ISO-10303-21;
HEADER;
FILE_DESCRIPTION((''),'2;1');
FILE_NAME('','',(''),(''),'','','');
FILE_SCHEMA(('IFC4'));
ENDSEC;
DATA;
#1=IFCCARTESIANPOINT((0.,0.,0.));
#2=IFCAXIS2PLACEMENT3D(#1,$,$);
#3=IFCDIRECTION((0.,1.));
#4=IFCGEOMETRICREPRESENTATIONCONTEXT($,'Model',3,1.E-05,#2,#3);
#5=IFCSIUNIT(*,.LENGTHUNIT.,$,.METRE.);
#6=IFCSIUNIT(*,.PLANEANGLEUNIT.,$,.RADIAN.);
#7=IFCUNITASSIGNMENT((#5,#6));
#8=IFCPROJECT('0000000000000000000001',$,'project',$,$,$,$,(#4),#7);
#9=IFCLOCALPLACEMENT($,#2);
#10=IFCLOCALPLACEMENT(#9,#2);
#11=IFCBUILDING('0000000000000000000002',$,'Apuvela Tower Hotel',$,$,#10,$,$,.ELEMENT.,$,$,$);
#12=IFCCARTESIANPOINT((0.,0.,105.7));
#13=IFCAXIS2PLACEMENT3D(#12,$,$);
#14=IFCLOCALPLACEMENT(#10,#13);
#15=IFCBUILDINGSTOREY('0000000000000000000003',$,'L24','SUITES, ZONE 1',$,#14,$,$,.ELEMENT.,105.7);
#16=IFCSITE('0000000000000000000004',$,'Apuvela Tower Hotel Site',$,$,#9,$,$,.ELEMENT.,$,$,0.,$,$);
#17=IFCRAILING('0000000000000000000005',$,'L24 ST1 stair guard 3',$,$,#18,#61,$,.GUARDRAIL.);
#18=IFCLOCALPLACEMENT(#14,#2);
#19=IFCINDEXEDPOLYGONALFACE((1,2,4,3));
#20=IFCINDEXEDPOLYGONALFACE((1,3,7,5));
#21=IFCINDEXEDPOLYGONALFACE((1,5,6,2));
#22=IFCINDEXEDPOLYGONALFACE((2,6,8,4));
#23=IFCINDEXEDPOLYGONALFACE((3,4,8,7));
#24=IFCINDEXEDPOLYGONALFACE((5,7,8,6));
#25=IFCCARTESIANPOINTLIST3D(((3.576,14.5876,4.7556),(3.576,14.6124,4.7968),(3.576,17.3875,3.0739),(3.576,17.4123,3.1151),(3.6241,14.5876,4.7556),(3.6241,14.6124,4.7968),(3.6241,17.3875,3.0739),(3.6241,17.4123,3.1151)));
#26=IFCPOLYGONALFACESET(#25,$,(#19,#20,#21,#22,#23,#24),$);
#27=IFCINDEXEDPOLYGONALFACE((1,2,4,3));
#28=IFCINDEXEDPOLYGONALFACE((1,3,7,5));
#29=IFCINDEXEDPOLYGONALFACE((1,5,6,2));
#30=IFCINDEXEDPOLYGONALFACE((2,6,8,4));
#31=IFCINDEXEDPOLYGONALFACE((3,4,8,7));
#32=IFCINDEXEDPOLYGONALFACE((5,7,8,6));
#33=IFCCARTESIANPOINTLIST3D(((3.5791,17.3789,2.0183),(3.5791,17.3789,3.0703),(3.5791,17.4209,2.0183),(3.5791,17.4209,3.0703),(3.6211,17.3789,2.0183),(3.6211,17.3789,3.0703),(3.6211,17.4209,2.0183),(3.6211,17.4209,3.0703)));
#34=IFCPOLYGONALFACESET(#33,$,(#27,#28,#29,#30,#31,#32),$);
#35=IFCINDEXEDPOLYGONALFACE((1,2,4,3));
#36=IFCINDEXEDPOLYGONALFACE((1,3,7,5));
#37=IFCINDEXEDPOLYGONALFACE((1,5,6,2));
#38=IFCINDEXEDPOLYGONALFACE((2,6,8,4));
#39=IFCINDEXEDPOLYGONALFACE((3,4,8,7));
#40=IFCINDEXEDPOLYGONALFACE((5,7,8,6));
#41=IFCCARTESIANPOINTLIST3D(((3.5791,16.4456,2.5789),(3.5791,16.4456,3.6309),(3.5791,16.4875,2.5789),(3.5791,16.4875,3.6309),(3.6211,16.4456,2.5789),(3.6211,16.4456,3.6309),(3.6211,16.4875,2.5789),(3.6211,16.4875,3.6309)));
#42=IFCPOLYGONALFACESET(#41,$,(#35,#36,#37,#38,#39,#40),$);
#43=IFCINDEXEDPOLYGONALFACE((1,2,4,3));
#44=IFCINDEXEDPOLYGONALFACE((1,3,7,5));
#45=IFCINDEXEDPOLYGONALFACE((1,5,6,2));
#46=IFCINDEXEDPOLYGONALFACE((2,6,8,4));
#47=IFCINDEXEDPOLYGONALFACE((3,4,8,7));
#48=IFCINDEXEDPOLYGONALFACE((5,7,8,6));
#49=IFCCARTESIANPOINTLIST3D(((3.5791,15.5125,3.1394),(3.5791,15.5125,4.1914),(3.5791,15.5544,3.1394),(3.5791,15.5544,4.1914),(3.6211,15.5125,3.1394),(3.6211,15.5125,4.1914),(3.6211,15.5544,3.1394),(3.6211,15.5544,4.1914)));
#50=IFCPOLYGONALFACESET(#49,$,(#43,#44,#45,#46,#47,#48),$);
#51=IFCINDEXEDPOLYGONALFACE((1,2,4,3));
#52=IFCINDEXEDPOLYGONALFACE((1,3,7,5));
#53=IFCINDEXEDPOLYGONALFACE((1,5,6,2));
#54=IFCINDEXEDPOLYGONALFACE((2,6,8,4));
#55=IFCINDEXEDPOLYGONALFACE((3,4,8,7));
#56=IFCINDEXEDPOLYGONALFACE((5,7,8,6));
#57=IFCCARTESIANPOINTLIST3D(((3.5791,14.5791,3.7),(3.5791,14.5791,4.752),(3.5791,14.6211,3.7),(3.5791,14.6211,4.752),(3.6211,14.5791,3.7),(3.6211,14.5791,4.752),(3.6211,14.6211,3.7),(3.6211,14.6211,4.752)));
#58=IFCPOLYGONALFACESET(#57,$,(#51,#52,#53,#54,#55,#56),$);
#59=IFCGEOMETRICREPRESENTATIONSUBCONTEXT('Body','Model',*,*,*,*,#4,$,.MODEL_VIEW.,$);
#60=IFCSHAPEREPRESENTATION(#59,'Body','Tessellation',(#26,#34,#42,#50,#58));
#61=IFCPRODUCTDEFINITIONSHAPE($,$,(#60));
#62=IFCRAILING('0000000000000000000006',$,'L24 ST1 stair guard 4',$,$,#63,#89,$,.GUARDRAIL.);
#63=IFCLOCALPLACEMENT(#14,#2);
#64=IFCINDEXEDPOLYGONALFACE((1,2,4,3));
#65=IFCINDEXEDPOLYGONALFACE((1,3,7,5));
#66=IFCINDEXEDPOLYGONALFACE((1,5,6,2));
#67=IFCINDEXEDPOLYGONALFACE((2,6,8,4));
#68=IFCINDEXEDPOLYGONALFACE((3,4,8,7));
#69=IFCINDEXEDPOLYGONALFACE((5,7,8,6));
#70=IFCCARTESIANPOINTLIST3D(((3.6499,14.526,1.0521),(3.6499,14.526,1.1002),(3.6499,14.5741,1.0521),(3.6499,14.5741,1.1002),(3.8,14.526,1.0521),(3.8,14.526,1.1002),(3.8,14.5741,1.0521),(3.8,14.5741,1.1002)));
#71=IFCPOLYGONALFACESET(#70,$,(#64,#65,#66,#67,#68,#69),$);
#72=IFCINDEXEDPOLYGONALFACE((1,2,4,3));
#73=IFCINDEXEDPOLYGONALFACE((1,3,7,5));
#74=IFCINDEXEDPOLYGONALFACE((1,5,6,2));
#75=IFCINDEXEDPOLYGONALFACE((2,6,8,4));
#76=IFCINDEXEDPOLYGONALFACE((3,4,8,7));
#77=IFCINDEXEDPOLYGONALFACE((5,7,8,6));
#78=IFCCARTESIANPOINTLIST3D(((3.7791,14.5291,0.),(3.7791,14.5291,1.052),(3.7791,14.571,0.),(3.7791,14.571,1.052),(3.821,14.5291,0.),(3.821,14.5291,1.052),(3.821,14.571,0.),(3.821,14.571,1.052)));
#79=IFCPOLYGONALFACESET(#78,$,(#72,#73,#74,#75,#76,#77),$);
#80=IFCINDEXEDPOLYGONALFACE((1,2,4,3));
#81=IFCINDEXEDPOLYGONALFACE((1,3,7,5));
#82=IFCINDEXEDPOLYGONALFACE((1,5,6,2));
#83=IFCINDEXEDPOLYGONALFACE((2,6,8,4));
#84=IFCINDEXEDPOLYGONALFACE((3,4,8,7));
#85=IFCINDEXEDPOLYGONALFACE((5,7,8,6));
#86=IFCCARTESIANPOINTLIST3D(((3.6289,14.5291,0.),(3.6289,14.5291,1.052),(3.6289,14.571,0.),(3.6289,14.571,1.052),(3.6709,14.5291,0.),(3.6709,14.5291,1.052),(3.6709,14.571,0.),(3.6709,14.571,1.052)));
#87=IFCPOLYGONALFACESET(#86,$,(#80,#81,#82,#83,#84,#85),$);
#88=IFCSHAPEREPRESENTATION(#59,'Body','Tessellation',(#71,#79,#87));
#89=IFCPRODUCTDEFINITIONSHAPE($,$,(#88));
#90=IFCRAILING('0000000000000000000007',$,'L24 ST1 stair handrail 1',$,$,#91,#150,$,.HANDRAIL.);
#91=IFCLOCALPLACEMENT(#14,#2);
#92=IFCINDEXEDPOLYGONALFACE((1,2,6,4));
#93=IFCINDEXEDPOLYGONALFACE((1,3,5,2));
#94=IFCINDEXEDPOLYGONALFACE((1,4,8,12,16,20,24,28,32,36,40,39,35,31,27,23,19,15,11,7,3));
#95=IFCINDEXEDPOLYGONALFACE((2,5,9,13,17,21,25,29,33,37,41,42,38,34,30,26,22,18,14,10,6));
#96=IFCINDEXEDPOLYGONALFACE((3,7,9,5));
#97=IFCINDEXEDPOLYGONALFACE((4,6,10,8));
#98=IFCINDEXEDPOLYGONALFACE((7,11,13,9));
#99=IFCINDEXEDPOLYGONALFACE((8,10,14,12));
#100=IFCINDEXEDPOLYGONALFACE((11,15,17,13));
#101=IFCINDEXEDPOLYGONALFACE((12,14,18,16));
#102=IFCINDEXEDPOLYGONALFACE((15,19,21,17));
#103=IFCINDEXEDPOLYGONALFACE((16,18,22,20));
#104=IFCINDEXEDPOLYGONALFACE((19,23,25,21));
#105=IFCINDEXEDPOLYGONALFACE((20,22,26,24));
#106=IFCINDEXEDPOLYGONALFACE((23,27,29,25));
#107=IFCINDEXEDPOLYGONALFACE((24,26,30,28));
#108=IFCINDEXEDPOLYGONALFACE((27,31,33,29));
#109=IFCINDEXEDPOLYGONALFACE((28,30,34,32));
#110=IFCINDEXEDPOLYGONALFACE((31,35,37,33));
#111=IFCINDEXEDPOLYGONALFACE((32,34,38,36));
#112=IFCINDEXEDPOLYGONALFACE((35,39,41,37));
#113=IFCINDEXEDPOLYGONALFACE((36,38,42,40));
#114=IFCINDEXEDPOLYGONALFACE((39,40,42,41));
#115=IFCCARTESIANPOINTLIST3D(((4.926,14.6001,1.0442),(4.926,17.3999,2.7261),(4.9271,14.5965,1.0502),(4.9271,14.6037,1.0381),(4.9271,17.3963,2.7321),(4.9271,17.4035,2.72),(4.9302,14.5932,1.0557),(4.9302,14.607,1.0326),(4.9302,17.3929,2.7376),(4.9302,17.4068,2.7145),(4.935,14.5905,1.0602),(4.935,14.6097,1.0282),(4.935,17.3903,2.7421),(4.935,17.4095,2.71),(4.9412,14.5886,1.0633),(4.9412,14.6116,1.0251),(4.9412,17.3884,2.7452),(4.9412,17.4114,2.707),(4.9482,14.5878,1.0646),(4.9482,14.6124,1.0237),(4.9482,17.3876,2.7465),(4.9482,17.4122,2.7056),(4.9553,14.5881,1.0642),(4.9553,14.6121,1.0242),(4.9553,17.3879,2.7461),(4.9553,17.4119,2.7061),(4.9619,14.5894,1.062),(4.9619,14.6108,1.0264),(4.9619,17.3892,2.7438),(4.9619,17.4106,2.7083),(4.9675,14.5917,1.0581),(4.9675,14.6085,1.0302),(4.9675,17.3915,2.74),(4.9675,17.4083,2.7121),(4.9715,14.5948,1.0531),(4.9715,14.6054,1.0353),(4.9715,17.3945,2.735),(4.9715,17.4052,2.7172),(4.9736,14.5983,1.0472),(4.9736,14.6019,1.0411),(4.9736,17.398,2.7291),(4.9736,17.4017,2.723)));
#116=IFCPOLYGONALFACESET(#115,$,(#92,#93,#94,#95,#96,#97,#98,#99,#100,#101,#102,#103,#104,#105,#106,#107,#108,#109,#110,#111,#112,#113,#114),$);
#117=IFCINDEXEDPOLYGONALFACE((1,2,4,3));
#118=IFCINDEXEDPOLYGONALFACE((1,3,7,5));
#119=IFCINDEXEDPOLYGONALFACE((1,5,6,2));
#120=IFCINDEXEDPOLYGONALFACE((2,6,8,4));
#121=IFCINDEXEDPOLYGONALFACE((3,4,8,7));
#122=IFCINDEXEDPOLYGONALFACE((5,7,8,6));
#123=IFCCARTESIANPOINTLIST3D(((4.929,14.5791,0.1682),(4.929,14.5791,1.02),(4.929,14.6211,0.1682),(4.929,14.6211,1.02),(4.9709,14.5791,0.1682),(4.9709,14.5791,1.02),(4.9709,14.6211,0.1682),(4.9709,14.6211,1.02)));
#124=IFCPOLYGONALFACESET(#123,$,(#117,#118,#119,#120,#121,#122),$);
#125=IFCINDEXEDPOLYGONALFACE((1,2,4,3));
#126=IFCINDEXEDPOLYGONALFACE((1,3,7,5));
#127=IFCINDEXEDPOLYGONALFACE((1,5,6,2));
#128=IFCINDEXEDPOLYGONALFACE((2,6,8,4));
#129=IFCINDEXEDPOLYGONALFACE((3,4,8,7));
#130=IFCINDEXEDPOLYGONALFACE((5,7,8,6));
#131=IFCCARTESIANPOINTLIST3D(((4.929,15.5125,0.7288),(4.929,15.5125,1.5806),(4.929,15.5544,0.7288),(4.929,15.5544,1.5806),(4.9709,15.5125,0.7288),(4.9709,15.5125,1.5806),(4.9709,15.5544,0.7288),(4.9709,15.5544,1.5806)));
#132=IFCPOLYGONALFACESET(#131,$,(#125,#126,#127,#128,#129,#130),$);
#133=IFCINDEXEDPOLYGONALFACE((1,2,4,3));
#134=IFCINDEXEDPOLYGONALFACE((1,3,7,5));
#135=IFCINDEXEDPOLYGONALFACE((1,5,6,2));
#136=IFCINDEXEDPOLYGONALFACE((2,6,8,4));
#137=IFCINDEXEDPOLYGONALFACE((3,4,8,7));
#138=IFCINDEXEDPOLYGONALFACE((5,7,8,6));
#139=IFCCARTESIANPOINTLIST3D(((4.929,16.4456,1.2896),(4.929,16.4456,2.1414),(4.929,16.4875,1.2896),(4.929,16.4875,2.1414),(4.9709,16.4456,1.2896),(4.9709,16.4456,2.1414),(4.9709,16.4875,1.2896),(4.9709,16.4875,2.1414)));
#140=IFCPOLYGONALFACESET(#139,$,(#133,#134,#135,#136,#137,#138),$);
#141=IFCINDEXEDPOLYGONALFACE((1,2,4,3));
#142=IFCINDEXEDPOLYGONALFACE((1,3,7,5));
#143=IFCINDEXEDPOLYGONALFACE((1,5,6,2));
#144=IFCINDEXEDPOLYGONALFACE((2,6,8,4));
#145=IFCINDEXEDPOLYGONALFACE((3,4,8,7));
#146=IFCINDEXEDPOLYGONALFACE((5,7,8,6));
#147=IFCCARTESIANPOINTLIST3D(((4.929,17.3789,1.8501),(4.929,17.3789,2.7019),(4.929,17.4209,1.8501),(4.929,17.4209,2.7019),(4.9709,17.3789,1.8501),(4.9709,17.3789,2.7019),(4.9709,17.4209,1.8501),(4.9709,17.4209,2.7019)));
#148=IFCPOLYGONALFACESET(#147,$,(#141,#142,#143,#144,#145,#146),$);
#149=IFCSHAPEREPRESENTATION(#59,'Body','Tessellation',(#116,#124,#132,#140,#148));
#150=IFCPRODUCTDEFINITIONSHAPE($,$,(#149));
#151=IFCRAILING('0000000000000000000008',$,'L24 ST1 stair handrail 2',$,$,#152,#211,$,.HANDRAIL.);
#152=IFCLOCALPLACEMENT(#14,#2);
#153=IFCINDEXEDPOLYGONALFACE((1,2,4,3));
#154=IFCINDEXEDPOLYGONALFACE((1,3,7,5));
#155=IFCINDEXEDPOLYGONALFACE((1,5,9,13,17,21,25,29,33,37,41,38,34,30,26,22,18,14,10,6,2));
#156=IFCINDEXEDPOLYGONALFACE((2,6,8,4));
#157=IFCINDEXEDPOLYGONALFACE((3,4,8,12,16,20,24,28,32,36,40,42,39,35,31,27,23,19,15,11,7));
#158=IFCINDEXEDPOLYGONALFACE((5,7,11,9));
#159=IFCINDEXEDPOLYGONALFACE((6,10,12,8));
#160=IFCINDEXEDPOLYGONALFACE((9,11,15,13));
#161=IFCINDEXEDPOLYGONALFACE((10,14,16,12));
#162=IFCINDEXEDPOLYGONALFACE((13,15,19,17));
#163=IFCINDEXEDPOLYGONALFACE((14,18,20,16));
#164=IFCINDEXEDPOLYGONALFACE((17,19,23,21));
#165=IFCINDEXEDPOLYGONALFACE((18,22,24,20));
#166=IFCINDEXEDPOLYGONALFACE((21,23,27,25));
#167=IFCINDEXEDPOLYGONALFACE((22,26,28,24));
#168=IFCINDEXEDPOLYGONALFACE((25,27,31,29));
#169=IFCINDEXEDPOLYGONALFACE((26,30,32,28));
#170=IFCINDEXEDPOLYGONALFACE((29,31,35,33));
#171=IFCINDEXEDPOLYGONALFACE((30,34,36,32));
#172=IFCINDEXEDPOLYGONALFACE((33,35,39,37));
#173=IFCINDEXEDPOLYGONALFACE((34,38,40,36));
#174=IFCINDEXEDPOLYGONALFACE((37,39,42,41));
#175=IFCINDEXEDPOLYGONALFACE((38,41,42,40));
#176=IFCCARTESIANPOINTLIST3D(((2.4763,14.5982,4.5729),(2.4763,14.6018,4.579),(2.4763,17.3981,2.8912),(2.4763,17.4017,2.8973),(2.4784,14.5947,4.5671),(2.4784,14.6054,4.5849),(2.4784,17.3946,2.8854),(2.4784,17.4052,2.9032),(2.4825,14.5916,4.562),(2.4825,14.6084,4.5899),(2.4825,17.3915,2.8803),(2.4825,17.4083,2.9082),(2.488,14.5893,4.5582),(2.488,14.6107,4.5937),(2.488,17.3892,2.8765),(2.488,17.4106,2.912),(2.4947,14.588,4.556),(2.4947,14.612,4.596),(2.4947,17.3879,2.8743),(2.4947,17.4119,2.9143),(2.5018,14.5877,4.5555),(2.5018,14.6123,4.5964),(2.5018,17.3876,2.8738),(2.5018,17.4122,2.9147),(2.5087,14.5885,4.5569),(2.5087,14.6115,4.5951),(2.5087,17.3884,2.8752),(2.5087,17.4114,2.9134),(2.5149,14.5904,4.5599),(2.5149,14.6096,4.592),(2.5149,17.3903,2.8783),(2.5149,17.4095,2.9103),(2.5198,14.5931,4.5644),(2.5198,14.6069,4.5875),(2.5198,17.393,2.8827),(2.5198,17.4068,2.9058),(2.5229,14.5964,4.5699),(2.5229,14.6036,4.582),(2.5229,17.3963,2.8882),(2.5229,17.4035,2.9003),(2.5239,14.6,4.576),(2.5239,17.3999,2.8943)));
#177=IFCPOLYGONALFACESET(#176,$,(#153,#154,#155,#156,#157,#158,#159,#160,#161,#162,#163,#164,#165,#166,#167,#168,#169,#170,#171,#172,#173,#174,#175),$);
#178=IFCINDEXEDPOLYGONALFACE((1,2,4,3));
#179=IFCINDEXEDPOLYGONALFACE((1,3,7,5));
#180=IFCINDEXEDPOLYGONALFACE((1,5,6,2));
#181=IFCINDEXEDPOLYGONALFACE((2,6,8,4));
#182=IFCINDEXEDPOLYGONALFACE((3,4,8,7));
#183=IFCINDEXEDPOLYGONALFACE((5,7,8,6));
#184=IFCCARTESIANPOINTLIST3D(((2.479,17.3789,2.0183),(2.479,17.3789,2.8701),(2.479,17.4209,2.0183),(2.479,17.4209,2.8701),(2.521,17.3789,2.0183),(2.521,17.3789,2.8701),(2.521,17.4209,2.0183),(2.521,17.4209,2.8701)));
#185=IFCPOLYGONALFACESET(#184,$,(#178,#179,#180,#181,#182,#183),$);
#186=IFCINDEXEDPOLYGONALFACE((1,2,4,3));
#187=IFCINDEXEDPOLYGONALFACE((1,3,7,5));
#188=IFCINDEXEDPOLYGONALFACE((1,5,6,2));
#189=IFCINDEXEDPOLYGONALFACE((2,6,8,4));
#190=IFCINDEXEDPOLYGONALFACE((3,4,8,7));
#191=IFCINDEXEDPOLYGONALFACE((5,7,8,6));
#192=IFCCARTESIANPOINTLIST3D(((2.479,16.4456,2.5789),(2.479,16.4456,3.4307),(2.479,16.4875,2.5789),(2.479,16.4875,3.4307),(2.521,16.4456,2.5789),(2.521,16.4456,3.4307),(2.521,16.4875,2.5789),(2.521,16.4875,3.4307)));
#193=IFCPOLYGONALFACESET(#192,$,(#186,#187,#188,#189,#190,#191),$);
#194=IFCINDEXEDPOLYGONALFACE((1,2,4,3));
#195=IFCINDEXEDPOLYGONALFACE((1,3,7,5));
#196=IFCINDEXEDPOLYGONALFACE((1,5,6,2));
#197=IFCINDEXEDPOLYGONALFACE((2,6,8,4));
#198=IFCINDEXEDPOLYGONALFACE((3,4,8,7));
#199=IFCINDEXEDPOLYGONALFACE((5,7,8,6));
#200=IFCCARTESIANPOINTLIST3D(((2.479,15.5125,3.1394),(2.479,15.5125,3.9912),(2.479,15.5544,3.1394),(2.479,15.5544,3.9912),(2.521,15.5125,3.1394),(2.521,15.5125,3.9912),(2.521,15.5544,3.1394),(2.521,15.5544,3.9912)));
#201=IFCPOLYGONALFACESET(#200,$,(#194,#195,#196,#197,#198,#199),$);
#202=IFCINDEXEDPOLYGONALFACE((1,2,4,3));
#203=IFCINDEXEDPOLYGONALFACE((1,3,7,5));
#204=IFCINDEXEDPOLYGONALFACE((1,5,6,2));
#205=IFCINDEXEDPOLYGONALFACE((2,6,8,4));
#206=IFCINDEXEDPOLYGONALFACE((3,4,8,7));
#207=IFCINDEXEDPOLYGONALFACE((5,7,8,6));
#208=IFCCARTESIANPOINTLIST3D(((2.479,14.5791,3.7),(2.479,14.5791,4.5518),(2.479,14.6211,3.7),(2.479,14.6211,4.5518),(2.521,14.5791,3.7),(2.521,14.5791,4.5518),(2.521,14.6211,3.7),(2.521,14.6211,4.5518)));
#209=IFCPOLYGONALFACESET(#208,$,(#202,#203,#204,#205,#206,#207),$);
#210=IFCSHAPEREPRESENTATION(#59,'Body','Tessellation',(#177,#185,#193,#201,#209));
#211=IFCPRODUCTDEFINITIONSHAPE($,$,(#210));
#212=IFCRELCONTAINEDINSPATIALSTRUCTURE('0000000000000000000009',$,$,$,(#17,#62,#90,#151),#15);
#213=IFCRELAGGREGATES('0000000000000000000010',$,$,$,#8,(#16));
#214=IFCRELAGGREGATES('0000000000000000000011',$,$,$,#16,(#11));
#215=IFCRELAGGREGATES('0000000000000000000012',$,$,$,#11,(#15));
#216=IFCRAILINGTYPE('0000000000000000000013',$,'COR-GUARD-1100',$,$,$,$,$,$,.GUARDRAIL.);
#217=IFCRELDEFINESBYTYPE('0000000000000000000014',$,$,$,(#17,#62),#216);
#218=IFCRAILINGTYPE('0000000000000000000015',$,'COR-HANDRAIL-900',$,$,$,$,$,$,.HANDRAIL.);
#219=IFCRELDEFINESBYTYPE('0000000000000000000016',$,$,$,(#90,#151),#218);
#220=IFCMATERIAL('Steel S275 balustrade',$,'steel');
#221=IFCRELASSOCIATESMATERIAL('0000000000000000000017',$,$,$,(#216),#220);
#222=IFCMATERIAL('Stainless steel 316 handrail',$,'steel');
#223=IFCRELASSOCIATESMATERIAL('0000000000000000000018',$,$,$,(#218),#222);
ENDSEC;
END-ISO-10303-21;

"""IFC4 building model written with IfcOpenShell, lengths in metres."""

from ifc_helpers import new_model, si_unit, direction, frame, origin, origin_2d, place, context, subcontext, project, spatial, rectangle, circle, extrude, material, type_object, element, save


model = new_model("IFC4")

# Units and contexts
model_context = context("Model", 3, precision=1e-05, world=origin(), true_north=direction((0.0, 1.0)))
body_context = subcontext(model_context, "Body", "Model", "MODEL_VIEW")
ifc_project = project(units=[si_unit("LENGTHUNIT", "METRE"), si_unit("PLANEANGLEUNIT", "RADIAN")], contexts=[model_context])

# Site, building, storey
site_placement = place(None, origin())
site = spatial("IfcSite", under=ifc_project, at=site_placement, Name="Apuvela Tower Hotel Site", CompositionType="ELEMENT", RefElevation=0.0)
building_placement = place(site_placement, origin())
building = spatial("IfcBuilding", under=site, at=building_placement, Name="Apuvela Tower Hotel", CompositionType="ELEMENT")
storey_placement = place(building_placement, frame((0.0, 0.0, 105.7)))
storey = spatial("IfcBuildingStorey", under=building, at=storey_placement, Name="L24", Description="SUITES, ZONE 1", CompositionType="ELEMENT", Elevation=105.7)

# Railings
ifc_material_1 = material(Name="Steel S275 balustrade", Category="steel")
railing_type_1 = type_object("IfcRailingType", Name="COR-GUARD-1100", PredefinedType="GUARDRAIL", material=ifc_material_1)
railing_1_placement = place(storey_placement, frame((3.6001, 17.3999, 2.0183)))
element("IfcRailing", 1, at=railing_1_placement, inside=storey, type_object=railing_type_1, Name="L24 ST1 stair guard 3", PredefinedType="GUARDRAIL", context=body_context, shape_type="SweptSolid", body=[
    extrude(rectangle(XDim=0.0481, YDim=0.0481, at=origin_2d()), frame((0.0, 0.0, 1.0762), z_axis=(0.0, -0.857255, 0.514891), x_axis=(1.0, 0.0, 0.0)), (0.0, 0.0, 1.0), 3.2661),
    extrude(rectangle(XDim=0.042, YDim=0.042, at=origin_2d()), origin(), (0.0, 0.0, 1.0), 1.052),
    extrude(rectangle(XDim=0.042, YDim=0.042, at=origin_2d()), frame((0.0, -0.9333, 0.5605)), (0.0, 0.0, 1.0), 1.052),
    extrude(rectangle(XDim=0.042, YDim=0.042, at=origin_2d()), frame((0.0, -1.8665, 1.1211)), (0.0, 0.0, 1.0), 1.052),
    extrude(rectangle(XDim=0.042, YDim=0.042, at=origin_2d()), frame((0.0, -2.7998, 1.6816)), (0.0, 0.0, 1.0), 1.052),
])
railing_2_placement = place(storey_placement, frame((3.8, 14.55, 0.0)))
element("IfcRailing", 2, at=railing_2_placement, inside=storey, type_object=railing_type_1, Name="L24 ST1 stair guard 4", PredefinedType="GUARDRAIL", context=body_context, shape_type="SweptSolid", body=[
    extrude(rectangle(XDim=0.0481, YDim=0.0481, at=origin_2d()), frame((0.0, 0.0, 1.0762), z_axis=(-1.0, 0.0, 0.0), x_axis=(0.0, -1.0, 0.0)), (0.0, 0.0, 1.0), 0.1501),
    extrude(rectangle(XDim=0.042, YDim=0.042, at=origin_2d()), origin(), (0.0, 0.0, 1.0), 1.052),
    extrude(rectangle(XDim=0.042, YDim=0.042, at=origin_2d()), frame((-0.1501, 0.0, 0.0)), (0.0, 0.0, 1.0), 1.052),
])
ifc_material_2 = material(Name="Stainless steel 316 handrail", Category="steel")
railing_type_2 = type_object("IfcRailingType", Name="COR-HANDRAIL-900", PredefinedType="HANDRAIL", material=ifc_material_2)
railing_3_placement = place(storey_placement, frame((4.95, 14.6001, 0.1682)))
element("IfcRailing", 3, at=railing_3_placement, inside=storey, type_object=railing_type_2, Name="L24 ST1 stair handrail 1", PredefinedType="HANDRAIL", context=body_context, shape_type="SweptSolid", body=[
    extrude(circle(Radius=0.0239, at=origin_2d()), frame((0.0, 0.0, 0.876), z_axis=(0.0, 0.857222, 0.514946), x_axis=(-1.0, 0.0, 0.0)), (0.0, 0.0, 1.0), 3.2661),
    extrude(rectangle(XDim=0.042, YDim=0.042, at=origin_2d()), origin(), (0.0, 0.0, 1.0), 0.8518),
    extrude(rectangle(XDim=0.042, YDim=0.042, at=origin_2d()), frame((0.0, 0.9333, 0.5605)), (0.0, 0.0, 1.0), 0.8518),
    extrude(rectangle(XDim=0.042, YDim=0.042, at=origin_2d()), frame((0.0, 1.8665, 1.1213)), (0.0, 0.0, 1.0), 0.8518),
    extrude(rectangle(XDim=0.042, YDim=0.042, at=origin_2d()), frame((0.0, 2.7998, 1.6819)), (0.0, 0.0, 1.0), 0.8518),
])
railing_4_placement = place(storey_placement, frame((2.5, 17.3999, 2.0183)))
element("IfcRailing", 4, at=railing_4_placement, inside=storey, type_object=railing_type_2, Name="L24 ST1 stair handrail 2", PredefinedType="HANDRAIL", context=body_context, shape_type="SweptSolid", body=[
    extrude(circle(Radius=0.0239, at=origin_2d()), frame((0.0, 0.0, 0.876), z_axis=(0.0, -0.857255, 0.514891), x_axis=(1.0, 0.0, 0.0)), (0.0, 0.0, 1.0), 3.2661),
    extrude(rectangle(XDim=0.042, YDim=0.042, at=origin_2d()), origin(), (0.0, 0.0, 1.0), 0.8518),
    extrude(rectangle(XDim=0.042, YDim=0.042, at=origin_2d()), frame((0.0, -0.9333, 0.5605)), (0.0, 0.0, 1.0), 0.8518),
    extrude(rectangle(XDim=0.042, YDim=0.042, at=origin_2d()), frame((0.0, -1.8665, 1.1211)), (0.0, 0.0, 1.0), 0.8518),
    extrude(rectangle(XDim=0.042, YDim=0.042, at=origin_2d()), frame((0.0, -2.7998, 1.6816)), (0.0, 0.0, 1.0), 0.8518),
])

save(model, "model.ifc")
